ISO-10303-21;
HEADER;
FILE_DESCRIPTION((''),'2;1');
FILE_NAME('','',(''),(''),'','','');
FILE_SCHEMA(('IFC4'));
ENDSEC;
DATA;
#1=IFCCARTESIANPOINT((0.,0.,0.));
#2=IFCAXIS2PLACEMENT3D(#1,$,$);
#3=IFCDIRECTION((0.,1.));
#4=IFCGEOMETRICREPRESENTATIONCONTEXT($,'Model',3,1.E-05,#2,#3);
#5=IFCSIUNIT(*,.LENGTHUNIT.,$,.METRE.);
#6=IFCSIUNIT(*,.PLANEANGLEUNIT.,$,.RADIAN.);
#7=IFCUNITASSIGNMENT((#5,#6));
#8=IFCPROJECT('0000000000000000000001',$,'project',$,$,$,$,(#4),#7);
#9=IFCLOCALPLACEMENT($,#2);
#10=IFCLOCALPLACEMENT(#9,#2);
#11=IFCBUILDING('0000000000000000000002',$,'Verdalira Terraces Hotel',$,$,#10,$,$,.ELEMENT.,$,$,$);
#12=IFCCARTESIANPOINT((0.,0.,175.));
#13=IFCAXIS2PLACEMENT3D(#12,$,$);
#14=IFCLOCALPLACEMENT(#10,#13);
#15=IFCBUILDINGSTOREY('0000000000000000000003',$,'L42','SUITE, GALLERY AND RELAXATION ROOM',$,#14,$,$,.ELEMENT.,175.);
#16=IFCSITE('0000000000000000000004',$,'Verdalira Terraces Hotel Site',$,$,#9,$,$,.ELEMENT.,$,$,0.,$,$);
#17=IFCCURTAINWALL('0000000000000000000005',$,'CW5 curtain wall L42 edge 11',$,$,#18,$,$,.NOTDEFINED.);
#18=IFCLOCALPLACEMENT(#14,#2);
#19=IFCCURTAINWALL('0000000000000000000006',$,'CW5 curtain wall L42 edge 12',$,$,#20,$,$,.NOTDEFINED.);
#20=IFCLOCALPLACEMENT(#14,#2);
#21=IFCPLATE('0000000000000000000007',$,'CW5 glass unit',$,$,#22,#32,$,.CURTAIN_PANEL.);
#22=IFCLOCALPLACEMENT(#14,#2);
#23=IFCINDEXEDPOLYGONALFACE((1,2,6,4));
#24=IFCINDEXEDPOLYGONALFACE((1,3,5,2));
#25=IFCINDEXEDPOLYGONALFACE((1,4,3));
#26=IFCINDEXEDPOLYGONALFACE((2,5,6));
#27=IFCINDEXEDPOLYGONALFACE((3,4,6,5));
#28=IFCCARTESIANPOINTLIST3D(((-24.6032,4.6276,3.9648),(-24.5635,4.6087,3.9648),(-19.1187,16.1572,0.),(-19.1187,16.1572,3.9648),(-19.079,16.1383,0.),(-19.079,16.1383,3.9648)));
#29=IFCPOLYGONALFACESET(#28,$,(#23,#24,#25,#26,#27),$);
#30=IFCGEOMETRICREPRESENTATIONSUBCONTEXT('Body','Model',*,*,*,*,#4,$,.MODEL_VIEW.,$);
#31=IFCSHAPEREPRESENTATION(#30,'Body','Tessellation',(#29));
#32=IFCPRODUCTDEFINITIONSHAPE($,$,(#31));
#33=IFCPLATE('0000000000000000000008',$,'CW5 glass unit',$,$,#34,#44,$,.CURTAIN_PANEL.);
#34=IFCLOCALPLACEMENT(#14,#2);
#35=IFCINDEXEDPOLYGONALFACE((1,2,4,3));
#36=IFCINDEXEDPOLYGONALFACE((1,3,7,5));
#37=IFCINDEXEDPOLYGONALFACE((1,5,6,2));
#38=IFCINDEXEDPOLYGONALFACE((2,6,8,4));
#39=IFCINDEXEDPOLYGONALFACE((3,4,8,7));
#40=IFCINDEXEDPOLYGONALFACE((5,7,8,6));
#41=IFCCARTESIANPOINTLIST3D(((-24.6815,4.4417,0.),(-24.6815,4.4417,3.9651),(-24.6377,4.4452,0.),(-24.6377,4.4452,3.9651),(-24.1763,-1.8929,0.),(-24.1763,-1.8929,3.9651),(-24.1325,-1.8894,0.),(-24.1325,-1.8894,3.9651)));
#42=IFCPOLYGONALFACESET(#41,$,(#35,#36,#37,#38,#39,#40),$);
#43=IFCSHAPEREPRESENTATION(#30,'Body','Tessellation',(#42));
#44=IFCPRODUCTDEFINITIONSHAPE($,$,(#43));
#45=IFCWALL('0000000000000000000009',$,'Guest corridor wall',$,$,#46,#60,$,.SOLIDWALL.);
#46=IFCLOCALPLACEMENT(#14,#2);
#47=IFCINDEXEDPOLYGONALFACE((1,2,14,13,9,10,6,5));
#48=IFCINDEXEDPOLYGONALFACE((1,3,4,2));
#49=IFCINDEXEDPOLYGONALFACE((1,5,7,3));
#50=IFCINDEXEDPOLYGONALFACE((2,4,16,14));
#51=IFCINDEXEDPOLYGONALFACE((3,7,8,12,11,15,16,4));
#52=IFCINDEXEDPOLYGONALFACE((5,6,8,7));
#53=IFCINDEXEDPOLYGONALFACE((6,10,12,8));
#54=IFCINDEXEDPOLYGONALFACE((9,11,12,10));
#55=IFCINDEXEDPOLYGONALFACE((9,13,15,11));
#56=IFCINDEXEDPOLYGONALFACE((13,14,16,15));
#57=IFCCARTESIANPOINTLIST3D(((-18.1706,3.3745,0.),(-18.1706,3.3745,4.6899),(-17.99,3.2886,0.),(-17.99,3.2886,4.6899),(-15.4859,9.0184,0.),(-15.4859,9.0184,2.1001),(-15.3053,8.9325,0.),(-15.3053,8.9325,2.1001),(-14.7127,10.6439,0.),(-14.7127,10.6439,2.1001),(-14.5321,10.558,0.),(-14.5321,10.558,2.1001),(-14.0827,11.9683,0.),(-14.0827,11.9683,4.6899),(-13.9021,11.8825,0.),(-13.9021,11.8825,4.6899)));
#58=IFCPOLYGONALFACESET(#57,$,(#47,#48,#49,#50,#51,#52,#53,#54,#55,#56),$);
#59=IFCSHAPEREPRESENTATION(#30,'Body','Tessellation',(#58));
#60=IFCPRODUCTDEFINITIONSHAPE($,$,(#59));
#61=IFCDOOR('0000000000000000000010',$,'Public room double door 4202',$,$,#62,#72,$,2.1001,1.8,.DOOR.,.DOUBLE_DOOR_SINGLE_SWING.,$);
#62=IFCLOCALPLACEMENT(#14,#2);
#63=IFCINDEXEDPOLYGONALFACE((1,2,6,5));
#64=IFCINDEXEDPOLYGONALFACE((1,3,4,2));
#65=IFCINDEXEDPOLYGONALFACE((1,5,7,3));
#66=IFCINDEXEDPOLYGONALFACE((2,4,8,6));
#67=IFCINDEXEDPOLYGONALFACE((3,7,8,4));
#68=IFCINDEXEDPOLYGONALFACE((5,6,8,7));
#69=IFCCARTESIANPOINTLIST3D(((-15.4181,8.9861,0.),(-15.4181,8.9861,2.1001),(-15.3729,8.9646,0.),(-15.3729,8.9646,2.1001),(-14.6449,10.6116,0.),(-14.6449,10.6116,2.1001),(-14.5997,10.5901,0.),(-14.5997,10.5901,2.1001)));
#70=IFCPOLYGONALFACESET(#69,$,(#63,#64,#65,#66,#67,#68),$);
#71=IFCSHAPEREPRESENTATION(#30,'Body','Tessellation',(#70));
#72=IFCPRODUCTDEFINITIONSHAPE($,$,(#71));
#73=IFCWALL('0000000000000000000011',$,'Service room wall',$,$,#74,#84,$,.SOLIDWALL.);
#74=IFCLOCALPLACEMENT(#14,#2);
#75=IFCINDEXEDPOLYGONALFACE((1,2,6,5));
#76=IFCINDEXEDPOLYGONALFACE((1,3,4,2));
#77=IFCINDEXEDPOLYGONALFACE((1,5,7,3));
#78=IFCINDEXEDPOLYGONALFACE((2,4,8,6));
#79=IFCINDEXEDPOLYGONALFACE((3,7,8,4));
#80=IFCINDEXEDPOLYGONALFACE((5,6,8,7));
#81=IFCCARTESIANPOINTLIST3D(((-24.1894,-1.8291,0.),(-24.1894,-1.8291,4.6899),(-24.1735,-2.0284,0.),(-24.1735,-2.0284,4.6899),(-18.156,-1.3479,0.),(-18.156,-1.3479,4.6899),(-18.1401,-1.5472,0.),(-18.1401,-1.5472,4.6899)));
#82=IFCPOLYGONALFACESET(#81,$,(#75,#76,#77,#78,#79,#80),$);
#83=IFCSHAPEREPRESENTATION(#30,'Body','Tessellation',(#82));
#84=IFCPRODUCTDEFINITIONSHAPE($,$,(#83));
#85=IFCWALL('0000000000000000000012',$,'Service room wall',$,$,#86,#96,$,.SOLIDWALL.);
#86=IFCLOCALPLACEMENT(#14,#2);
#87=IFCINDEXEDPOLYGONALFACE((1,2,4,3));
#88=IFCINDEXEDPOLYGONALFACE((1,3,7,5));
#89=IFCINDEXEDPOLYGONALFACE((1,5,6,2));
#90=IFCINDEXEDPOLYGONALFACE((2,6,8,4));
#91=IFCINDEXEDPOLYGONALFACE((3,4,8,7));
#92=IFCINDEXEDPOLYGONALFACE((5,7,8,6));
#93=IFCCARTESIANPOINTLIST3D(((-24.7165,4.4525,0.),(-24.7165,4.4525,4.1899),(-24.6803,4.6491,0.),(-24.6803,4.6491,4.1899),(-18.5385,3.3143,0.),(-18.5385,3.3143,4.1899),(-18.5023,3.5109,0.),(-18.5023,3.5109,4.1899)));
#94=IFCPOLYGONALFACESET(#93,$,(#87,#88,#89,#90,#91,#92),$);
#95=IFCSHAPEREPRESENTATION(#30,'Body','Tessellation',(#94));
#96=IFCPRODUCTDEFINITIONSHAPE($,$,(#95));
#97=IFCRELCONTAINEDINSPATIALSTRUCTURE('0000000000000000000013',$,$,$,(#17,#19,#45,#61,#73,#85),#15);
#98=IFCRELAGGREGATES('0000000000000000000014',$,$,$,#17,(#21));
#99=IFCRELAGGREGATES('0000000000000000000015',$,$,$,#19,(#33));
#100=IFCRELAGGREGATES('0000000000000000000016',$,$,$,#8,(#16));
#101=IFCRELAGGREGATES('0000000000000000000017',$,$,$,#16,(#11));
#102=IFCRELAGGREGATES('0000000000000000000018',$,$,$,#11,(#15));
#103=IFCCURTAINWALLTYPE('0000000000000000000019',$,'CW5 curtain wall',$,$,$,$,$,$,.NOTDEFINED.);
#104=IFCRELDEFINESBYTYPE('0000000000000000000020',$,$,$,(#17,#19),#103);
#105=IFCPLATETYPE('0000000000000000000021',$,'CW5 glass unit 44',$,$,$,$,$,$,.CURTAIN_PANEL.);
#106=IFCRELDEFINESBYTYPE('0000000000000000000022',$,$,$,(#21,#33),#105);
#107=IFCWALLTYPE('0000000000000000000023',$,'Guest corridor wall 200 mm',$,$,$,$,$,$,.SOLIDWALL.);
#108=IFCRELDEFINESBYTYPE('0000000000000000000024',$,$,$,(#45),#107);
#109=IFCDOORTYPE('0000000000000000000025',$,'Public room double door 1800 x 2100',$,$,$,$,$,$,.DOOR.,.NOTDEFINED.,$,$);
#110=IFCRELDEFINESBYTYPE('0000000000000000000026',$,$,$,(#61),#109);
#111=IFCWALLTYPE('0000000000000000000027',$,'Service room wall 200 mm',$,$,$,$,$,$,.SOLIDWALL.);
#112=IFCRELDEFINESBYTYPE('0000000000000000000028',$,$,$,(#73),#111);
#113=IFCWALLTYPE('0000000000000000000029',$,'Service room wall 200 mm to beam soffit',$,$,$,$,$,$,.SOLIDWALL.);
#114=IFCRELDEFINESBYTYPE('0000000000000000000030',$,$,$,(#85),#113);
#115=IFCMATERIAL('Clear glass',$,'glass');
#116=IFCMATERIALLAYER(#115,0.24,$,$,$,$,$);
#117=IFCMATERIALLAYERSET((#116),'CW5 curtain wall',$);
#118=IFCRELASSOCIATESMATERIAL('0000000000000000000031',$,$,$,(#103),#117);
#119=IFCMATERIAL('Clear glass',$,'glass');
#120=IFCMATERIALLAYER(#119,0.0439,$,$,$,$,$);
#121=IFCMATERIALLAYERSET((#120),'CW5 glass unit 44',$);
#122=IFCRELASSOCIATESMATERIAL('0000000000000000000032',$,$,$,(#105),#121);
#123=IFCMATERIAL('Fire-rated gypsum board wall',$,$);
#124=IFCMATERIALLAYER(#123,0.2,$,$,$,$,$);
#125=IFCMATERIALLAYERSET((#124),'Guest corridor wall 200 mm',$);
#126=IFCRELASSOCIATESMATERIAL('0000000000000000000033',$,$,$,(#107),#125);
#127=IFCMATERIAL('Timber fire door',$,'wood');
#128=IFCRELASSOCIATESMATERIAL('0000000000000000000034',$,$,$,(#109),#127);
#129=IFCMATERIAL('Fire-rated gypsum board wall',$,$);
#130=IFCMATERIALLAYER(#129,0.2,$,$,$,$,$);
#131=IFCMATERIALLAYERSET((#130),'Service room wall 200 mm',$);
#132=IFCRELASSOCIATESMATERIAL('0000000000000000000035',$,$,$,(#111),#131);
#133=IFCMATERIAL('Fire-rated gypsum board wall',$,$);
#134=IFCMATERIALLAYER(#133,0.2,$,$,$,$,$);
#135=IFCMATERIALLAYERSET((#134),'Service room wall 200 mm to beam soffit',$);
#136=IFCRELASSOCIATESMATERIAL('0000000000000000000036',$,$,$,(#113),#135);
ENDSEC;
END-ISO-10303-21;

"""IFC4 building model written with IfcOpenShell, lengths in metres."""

from ifc_helpers import new_model, si_unit, direction, frame, frame_2d, origin, origin_2d, place, context, subcontext, project, spatial, polyline, rectangle, outline, extrude, material, layer, layer_set, type_object, element, fill, aggregate, save


model = new_model("IFC4")

# Units and contexts
model_context = context("Model", 3, precision=1e-05, world=origin(), true_north=direction((0.0, 1.0)))
body_context = subcontext(model_context, "Body", "Model", "MODEL_VIEW")
ifc_project = project(units=[si_unit("LENGTHUNIT", "METRE"), si_unit("PLANEANGLEUNIT", "RADIAN")], contexts=[model_context])

# Site, building, storey
site_placement = place(None, origin())
site = spatial("IfcSite", under=ifc_project, at=site_placement, Name="Verdalira Terraces Hotel Site", CompositionType="ELEMENT", RefElevation=0.0)
building_placement = place(site_placement, origin())
building = spatial("IfcBuilding", under=site, at=building_placement, Name="Verdalira Terraces Hotel", CompositionType="ELEMENT")
storey_placement = place(building_placement, frame((0.0, 0.0, 175.0)))
storey = spatial("IfcBuildingStorey", under=building, at=storey_placement, Name="L42", Description="SUITE, GALLERY AND RELAXATION ROOM", CompositionType="ELEMENT", Elevation=175.0)

# Shared definitions
ifc_material_1 = material(Name="Clear glass", Category="glass")
ifc_layer_1 = layer(ifc_material_1, 0.24)
ifc_layer_set_1 = layer_set([ifc_layer_1], Name="CW5 curtain wall")
curtain_wall_type = type_object("IfcCurtainWallType", Name="CW5 curtain wall", PredefinedType="NOTDEFINED", material=ifc_layer_set_1)

# Curtain walls
curtain_wall_1_placement = place(storey_placement, origin())
curtain_wall_1 = element("IfcCurtainWall", 1, at=curtain_wall_1_placement, inside=storey, type_object=curtain_wall_type, Name="CW5 curtain wall L42 edge 11", PredefinedType="NOTDEFINED")
curtain_wall_2_placement = place(storey_placement, origin())
curtain_wall_2 = element("IfcCurtainWall", 2, at=curtain_wall_2_placement, inside=storey, type_object=curtain_wall_type, Name="CW5 curtain wall L42 edge 12", PredefinedType="NOTDEFINED")

# Plates
ifc_material_2 = material(Name="Clear glass", Category="glass")
ifc_layer_2 = layer(ifc_material_2, 0.0439)
ifc_layer_set_2 = layer_set([ifc_layer_2], Name="CW5 glass unit 44")
plate_type = type_object("IfcPlateType", Name="CW5 glass unit 44", PredefinedType="CURTAIN_PANEL", material=ifc_layer_set_2)
plate_1_placement = place(storey_placement, frame((-21.8213, 10.3735, 1.9824), z_axis=(-0.903036, 0.429566, 0.0), x_axis=(-0.429566, -0.903036, 0.0)))
plate_1 = element("IfcPlate", 3, at=plate_1_placement, type_object=plate_type, Name="CW5 glass unit", PredefinedType="CURTAIN_PANEL", context=body_context, shape_type="SweptSolid", body=[
    extrude(outline(polyline([(-6.3838, -1.9824), (6.3838, 1.9824), (-6.3838, 1.9824), (-6.3838, -1.9824)])), origin(), (0.0, 0.0, 1.0), 0.0439),
])
aggregate(curtain_wall_1, [plate_1])
plate_2_placement = place(storey_placement, frame((-24.407, 1.2761, 0.0), z_axis=(0.0, 0.0, 1.0), x_axis=(0.079503, -0.996835, 0.0)))
plate_2 = element("IfcPlate", 4, at=plate_2_placement, type_object=plate_type, Name="CW5 glass unit", PredefinedType="CURTAIN_PANEL", context=body_context, shape_type="SweptSolid", body=[
    extrude(rectangle(XDim=6.3547, YDim=0.0439, at=origin_2d()), origin(), (0.0, 0.0, 1.0), 3.9651),
])
aggregate(curtain_wall_2, [plate_2])

# Wall, opening, door
ifc_material_3 = material(Name="Fire-rated gypsum board wall")
ifc_layer_3 = layer(ifc_material_3, 0.2)
ifc_layer_set_3 = layer_set([ifc_layer_3], Name="Guest corridor wall 200 mm")
wall_type_1 = type_object("IfcWallType", Name="Guest corridor wall 200 mm", PredefinedType="SOLIDWALL", material=ifc_layer_set_3)
wall_1_placement = place(storey_placement, frame((-18.0803, 3.3315, 0.0), z_axis=(0.0, 0.0, 1.0), x_axis=(0.429559, 0.903039, 0.0)))
wall_1 = element("IfcWall", 5, at=wall_1_placement, inside=storey, type_object=wall_type_1, Name="Guest corridor wall", PredefinedType="SOLIDWALL", context=body_context, shape_type="SweptSolid", body=[
    extrude(rectangle(XDim=9.5166, YDim=0.2, at=frame_2d((4.7583, 0.0))), origin(), (0.0, 0.0, 1.0), 4.6899),
])
opening_placement = place(wall_1_placement, frame((6.25, 0.0, 0.0)))
opening = element("IfcOpeningElement", 6, at=opening_placement, cuts=wall_1, PredefinedType="OPENING", context=body_context, shape_type="SweptSolid", body=[
    extrude(rectangle(XDim=1.8, YDim=2.1001, at=frame_2d((0.8999, 1.05))), frame((0.0, 0.1099, 0.0), z_axis=(0.0, -1.0, 0.0), x_axis=(1.0, 0.0, 0.0)), (0.0, 0.0, 1.0), 0.22),
])
ifc_material_4 = material(Name="Timber fire door", Category="wood")
door_type = type_object("IfcDoorType", Name="Public room double door 1800 x 2100", OperationType="NOTDEFINED", PredefinedType="DOOR", material=ifc_material_4)
door_placement = place(opening_placement, origin())
door = element("IfcDoor", 7, at=door_placement, inside=storey, type_object=door_type, Name="Public room double door 4202", OperationType="DOUBLE_DOOR_SINGLE_SWING", OverallHeight=2.1001, OverallWidth=1.8, PredefinedType="DOOR", context=body_context, shape_type="SweptSolid", body=[
    extrude(rectangle(XDim=1.8, YDim=2.1001, at=frame_2d((0.8999, 1.05))), frame((0.0, 0.0249, 0.0), z_axis=(0.0, -1.0, 0.0), x_axis=(1.0, 0.0, 0.0)), (0.0, 0.0, 1.0), 0.05),
])
fill(opening, door)

# Walls
ifc_material_5 = material(Name="Fire-rated gypsum board wall")
ifc_layer_4 = layer(ifc_material_5, 0.2)
ifc_layer_set_4 = layer_set([ifc_layer_4], Name="Service room wall 200 mm")
wall_type_2 = type_object("IfcWallType", Name="Service room wall 200 mm", PredefinedType="SOLIDWALL", material=ifc_layer_set_4)
wall_2_placement = place(storey_placement, frame((-18.1479, -1.4475, 0.0), z_axis=(0.0, 0.0, 1.0), x_axis=(-0.996835, -0.079503, 0.0)))
element("IfcWall", 8, at=wall_2_placement, inside=storey, type_object=wall_type_2, Name="Service room wall", PredefinedType="SOLIDWALL", context=body_context, shape_type="SweptSolid", body=[
    extrude(rectangle(XDim=6.0525, YDim=0.2, at=frame_2d((3.0264, 0.0))), origin(), (0.0, 0.0, 1.0), 4.6899),
])
ifc_material_6 = material(Name="Fire-rated gypsum board wall")
ifc_layer_5 = layer(ifc_material_6, 0.2)
ifc_layer_set_5 = layer_set([ifc_layer_5], Name="Service room wall 200 mm to beam soffit")
wall_type_3 = type_object("IfcWallType", Name="Service room wall 200 mm to beam soffit", PredefinedType="SOLIDWALL", material=ifc_layer_set_5)
wall_3_placement = place(storey_placement, frame((-18.5203, 3.4126, 0.0), z_axis=(0.0, 0.0, 1.0), x_axis=(-0.983449, 0.181183, 0.0)))
element("IfcWall", 9, at=wall_3_placement, inside=storey, type_object=wall_type_3, Name="Service room wall", PredefinedType="SOLIDWALL", context=body_context, shape_type="SweptSolid", body=[
    extrude(rectangle(XDim=6.282, YDim=0.2, at=frame_2d((3.1411, 0.0))), origin(), (0.0, 0.0, 1.0), 4.1899),
])

save(model, "model.ifc")
